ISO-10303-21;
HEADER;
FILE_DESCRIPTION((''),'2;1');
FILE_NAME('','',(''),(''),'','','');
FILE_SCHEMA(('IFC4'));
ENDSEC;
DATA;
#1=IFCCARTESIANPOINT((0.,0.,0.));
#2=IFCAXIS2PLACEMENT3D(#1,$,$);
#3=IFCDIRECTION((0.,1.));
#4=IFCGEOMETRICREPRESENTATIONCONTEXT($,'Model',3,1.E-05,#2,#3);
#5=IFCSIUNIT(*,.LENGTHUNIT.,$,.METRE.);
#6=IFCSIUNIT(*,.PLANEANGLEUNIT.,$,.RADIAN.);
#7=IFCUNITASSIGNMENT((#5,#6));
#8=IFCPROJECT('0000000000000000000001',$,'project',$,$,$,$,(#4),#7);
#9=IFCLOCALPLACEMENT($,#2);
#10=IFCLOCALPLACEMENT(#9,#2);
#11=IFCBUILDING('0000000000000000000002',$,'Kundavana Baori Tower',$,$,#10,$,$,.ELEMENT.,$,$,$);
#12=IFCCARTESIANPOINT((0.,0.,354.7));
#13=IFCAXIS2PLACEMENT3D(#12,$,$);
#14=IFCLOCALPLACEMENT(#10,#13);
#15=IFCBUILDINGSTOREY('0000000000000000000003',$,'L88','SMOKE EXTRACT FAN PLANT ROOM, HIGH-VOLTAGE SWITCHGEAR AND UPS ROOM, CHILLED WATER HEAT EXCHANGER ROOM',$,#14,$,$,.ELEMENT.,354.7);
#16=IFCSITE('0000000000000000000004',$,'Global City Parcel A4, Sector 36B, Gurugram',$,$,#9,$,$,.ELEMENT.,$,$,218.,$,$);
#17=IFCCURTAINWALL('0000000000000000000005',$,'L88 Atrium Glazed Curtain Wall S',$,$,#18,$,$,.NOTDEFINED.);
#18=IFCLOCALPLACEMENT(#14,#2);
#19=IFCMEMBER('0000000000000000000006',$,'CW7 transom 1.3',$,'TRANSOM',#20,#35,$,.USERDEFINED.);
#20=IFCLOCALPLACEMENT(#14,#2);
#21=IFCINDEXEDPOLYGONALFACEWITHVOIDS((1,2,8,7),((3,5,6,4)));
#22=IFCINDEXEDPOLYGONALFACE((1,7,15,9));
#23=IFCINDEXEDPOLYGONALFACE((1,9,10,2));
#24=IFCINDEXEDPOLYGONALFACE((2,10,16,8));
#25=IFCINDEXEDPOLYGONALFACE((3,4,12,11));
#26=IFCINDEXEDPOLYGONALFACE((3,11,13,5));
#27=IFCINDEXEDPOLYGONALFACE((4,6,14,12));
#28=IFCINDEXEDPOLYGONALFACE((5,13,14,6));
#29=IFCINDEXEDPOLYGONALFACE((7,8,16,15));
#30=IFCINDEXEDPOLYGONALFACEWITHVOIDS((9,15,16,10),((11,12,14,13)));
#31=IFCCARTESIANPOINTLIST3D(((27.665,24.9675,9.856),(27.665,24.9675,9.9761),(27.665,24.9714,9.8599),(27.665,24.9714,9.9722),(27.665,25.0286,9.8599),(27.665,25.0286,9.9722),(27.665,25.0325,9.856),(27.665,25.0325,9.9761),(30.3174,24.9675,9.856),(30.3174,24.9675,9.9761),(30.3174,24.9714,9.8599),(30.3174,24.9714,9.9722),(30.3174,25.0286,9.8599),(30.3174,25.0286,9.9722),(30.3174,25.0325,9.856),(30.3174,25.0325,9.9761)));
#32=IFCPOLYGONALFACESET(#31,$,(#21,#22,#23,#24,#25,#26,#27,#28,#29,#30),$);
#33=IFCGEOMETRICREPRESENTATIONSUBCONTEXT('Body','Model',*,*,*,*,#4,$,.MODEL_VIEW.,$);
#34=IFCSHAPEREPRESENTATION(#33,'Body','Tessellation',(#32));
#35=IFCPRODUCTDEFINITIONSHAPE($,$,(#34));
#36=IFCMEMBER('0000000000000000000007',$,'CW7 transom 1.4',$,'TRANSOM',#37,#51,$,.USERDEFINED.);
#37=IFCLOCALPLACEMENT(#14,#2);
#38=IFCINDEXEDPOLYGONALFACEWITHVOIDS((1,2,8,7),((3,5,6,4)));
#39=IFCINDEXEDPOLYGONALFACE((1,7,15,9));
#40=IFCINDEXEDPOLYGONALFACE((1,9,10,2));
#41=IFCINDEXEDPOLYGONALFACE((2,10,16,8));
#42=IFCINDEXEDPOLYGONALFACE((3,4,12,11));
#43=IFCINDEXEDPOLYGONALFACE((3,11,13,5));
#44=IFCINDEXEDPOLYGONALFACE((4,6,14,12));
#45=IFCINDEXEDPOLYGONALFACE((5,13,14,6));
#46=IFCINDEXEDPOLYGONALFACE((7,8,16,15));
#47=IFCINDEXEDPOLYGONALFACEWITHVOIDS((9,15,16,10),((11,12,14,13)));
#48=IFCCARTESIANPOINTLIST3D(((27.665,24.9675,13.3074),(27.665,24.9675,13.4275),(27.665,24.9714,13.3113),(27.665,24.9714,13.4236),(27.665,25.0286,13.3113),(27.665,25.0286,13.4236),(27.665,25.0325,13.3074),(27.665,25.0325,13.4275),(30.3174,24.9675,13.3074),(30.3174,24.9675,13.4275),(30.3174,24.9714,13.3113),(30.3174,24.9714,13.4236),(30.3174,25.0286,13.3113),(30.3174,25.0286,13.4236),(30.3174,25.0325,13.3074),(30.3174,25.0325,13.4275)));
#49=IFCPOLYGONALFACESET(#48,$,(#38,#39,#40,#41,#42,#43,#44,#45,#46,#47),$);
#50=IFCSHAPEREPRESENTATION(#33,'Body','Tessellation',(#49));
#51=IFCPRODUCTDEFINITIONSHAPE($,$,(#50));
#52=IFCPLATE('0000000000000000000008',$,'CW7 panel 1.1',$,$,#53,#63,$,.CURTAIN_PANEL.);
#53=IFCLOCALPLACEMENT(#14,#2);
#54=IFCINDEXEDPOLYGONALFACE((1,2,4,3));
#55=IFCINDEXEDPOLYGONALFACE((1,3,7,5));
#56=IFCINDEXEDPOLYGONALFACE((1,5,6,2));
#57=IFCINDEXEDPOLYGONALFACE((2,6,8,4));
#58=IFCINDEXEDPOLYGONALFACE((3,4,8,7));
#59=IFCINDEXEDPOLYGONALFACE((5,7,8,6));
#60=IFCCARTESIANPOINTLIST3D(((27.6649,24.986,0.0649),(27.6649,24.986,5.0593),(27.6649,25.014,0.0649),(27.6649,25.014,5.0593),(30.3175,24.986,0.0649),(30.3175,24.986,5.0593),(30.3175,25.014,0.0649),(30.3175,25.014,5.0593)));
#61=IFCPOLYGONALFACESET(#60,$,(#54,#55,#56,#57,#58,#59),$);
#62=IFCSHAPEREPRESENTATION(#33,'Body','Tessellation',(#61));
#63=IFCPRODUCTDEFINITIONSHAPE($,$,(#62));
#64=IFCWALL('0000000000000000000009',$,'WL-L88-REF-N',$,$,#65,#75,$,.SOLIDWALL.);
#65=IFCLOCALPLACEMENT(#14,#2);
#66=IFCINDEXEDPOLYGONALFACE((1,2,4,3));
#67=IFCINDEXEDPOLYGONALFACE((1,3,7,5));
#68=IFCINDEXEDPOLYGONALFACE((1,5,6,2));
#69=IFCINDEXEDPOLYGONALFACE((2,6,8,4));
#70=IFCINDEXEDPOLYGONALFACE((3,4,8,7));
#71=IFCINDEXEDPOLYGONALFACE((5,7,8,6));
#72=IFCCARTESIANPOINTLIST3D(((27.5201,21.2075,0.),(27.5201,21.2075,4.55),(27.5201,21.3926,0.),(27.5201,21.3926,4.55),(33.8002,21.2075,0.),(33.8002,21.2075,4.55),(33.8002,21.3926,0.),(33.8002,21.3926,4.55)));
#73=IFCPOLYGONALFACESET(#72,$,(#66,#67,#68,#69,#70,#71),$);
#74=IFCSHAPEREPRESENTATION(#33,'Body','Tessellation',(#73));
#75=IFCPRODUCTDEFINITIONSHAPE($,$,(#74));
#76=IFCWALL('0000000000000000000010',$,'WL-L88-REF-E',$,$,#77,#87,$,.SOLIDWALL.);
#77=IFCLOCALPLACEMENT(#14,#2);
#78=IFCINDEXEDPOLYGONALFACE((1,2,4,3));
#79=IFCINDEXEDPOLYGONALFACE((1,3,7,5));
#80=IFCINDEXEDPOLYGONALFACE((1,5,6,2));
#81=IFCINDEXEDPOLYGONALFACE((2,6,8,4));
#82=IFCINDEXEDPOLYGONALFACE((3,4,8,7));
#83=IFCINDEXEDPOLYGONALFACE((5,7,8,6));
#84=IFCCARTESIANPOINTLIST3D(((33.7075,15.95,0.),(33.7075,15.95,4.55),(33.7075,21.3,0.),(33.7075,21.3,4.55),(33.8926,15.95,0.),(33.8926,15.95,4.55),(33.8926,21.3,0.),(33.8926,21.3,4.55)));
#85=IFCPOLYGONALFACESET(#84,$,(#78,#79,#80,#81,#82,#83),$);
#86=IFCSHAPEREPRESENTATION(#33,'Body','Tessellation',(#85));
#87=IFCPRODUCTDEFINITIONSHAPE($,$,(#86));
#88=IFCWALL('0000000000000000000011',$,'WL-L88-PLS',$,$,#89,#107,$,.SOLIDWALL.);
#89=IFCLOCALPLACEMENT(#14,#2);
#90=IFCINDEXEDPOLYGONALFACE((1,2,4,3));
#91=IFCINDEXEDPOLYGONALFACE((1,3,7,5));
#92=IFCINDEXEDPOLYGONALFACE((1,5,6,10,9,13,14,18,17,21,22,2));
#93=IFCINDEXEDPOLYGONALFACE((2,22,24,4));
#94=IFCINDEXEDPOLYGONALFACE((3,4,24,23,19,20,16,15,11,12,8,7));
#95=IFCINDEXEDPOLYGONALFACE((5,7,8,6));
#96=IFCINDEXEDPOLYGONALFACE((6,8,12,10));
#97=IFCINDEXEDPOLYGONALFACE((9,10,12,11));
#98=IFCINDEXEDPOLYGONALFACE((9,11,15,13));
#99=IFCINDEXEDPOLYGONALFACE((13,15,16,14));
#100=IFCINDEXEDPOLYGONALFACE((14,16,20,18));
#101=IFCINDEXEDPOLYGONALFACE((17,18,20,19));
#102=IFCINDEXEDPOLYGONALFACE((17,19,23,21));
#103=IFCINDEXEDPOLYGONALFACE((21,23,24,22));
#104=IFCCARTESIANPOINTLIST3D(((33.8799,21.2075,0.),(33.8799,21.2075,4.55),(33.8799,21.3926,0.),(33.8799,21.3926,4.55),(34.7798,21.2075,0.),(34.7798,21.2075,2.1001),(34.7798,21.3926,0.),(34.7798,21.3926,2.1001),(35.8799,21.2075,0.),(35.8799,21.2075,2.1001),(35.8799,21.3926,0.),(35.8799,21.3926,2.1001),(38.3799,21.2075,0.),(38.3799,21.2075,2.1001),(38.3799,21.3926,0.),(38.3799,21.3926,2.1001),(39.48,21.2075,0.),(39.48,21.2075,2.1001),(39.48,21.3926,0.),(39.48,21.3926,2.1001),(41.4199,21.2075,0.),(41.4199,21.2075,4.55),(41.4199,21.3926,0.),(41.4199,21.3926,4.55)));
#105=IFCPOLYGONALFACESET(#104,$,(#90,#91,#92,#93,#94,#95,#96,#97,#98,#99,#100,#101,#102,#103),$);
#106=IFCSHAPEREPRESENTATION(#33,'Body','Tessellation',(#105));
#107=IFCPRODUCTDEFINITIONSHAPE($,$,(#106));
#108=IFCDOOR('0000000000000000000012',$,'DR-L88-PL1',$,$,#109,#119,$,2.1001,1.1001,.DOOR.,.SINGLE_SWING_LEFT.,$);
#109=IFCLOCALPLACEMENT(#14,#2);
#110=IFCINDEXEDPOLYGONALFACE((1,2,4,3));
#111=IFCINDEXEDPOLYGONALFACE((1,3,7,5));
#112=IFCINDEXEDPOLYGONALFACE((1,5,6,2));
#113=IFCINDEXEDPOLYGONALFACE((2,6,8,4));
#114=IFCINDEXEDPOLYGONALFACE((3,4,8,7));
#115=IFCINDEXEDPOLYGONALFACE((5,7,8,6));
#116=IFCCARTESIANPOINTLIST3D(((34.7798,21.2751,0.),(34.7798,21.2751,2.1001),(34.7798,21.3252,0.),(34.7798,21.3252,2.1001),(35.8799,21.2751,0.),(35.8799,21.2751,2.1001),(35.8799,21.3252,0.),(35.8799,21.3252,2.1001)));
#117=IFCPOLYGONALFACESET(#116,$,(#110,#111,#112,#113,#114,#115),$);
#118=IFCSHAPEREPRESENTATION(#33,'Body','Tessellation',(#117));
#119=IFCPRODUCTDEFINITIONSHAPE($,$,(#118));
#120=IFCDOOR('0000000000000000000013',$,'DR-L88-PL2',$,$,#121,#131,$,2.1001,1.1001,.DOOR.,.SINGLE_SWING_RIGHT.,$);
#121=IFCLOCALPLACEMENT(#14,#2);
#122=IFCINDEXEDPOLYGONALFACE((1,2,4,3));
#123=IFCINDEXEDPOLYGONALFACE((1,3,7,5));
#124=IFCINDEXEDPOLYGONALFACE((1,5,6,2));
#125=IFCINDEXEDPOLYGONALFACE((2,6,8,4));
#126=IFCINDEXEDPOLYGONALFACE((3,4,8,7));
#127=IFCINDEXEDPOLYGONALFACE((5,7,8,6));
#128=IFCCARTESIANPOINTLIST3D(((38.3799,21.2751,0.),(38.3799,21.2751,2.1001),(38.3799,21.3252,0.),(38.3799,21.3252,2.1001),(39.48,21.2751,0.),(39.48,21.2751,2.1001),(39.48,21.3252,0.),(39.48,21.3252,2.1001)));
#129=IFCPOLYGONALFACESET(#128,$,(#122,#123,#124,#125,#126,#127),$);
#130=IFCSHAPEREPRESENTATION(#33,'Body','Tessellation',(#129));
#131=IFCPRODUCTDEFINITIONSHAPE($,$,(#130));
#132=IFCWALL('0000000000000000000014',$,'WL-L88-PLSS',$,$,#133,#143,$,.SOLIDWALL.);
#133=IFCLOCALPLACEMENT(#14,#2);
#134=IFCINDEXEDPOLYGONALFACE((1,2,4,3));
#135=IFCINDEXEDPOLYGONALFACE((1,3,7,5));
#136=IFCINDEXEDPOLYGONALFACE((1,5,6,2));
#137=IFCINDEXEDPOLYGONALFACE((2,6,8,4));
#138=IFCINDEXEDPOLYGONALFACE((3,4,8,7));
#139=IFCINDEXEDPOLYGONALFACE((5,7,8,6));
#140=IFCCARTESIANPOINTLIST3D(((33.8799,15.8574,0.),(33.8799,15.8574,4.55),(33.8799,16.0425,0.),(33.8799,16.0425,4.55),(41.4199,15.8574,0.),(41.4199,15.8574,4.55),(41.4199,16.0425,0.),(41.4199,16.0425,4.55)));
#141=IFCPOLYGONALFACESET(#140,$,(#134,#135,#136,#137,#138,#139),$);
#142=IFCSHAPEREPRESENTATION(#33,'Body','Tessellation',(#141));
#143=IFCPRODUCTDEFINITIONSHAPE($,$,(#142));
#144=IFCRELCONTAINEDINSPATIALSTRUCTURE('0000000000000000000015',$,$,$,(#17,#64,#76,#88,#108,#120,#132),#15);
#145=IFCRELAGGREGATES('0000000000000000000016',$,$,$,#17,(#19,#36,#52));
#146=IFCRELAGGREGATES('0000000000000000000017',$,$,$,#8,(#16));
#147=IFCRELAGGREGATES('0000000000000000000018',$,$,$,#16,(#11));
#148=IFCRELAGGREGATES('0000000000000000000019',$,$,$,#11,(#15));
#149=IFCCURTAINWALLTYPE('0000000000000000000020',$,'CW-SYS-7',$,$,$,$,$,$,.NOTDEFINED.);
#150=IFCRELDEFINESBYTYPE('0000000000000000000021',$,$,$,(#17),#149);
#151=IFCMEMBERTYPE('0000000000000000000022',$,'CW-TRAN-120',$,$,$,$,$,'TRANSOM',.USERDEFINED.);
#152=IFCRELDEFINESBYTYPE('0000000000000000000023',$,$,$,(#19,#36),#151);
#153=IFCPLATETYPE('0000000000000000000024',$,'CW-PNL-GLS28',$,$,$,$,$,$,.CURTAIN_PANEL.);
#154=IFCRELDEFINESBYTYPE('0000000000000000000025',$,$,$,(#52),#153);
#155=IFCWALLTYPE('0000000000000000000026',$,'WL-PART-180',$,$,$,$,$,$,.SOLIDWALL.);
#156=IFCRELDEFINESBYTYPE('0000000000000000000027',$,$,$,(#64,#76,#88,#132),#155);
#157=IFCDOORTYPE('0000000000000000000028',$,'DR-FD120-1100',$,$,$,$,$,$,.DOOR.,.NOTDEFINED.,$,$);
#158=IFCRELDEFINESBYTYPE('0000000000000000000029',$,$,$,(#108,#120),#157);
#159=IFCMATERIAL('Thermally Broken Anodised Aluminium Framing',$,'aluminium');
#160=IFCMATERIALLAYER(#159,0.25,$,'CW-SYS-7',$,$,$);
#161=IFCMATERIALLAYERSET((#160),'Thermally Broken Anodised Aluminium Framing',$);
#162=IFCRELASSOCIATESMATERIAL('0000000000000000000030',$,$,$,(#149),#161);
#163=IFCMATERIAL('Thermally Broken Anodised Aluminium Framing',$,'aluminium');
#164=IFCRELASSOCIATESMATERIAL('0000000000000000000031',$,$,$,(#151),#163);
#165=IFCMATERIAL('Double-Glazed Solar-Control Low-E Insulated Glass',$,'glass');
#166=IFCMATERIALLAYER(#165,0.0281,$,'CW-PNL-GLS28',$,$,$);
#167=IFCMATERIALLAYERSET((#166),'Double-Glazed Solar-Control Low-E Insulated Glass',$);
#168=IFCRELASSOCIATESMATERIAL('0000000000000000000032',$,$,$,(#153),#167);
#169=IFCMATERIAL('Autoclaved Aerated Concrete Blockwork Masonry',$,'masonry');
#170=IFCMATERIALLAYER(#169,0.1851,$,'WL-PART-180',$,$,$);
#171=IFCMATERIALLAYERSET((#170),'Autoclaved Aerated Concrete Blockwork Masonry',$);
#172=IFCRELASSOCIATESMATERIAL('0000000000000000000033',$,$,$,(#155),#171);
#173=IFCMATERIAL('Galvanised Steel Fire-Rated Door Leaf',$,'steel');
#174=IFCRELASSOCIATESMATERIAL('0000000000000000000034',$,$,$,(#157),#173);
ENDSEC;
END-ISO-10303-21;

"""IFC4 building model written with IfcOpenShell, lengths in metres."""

from ifc_helpers import new_model, si_unit, direction, frame, frame_2d, origin, origin_2d, place, context, subcontext, project, spatial, rectangle, hollow_rectangle, extrude, material, layer, layer_set, material_profile, profile_set, type_object, element, fill, aggregate, save


model = new_model("IFC4")

# Units and contexts
model_context = context("Model", 3, precision=1e-05, world=origin(), true_north=direction((0.0, 1.0)))
body_context = subcontext(model_context, "Body", "Model", "MODEL_VIEW")
ifc_project = project(units=[si_unit("LENGTHUNIT", "METRE"), si_unit("PLANEANGLEUNIT", "RADIAN")], contexts=[model_context])

# Site, building, storey
site_placement = place(None, origin())
site = spatial("IfcSite", under=ifc_project, at=site_placement, Name="Global City Parcel A4, Sector 36B, Gurugram", CompositionType="ELEMENT", RefElevation=218.0)
building_placement = place(site_placement, origin())
building = spatial("IfcBuilding", under=site, at=building_placement, Name="Kundavana Baori Tower", CompositionType="ELEMENT")
storey_placement = place(building_placement, frame((0.0, 0.0, 354.7)))
storey = spatial("IfcBuildingStorey", under=building, at=storey_placement, Name="L88", Description="SMOKE EXTRACT FAN PLANT ROOM, HIGH-VOLTAGE SWITCHGEAR AND UPS ROOM, CHILLED WATER HEAT EXCHANGER ROOM", CompositionType="ELEMENT", Elevation=354.7)

# Curtain wall, members, plate
ifc_material_1 = material(Name="Thermally Broken Anodised Aluminium Framing", Category="aluminium")
ifc_layer_1 = layer(ifc_material_1, 0.25, Name="CW-SYS-7")
ifc_layer_set_1 = layer_set([ifc_layer_1], Name="Thermally Broken Anodised Aluminium Framing")
curtain_wall_type = type_object("IfcCurtainWallType", Name="CW-SYS-7", PredefinedType="NOTDEFINED", material=ifc_layer_set_1)
curtain_wall_placement = place(storey_placement, origin())
curtain_wall = element("IfcCurtainWall", 1, at=curtain_wall_placement, inside=storey, type_object=curtain_wall_type, Name="L88 Atrium Glazed Curtain Wall S", PredefinedType="NOTDEFINED")
ifc_material_2 = material(Name="Thermally Broken Anodised Aluminium Framing", Category="aluminium")
ifc_material_profile_1 = material_profile(ifc_material_2, hollow_rectangle(XDim=0.0649, YDim=0.1201, WallThickness=0.0039, at=origin_2d()), Name="CW-TRAN-120")
ifc_profile_set_1 = profile_set([ifc_material_profile_1], Name="Thermally Broken Anodised Aluminium Framing")
member_type_1 = type_object("IfcMemberType", Name="CW-TRAN-120", ElementType="TRANSOM", PredefinedType="USERDEFINED", material=ifc_profile_set_1)
member_1_placement = place(storey_placement, frame((27.665, 25.0, 9.916), z_axis=(1.0, 0.0, 0.0), x_axis=(0.0, 1.0, 0.0)))
member_1 = element("IfcMember", 2, at=member_1_placement, type_object=member_type_1, Name="CW7 transom 1.3", ObjectType="TRANSOM", PredefinedType="USERDEFINED", context=body_context, shape_type="SweptSolid", body=[
    extrude(hollow_rectangle(XDim=0.0649, YDim=0.1201, WallThickness=0.0039, at=origin_2d()), origin(), (0.0, 0.0, 1.0), 2.6523),
])
member_2_placement = place(storey_placement, frame((27.665, 25.0, 13.3674), z_axis=(1.0, 0.0, 0.0), x_axis=(0.0, 1.0, 0.0)))
member_2 = element("IfcMember", 3, at=member_2_placement, type_object=member_type_1, Name="CW7 transom 1.4", ObjectType="TRANSOM", PredefinedType="USERDEFINED", context=body_context, shape_type="SweptSolid", body=[
    extrude(hollow_rectangle(XDim=0.0649, YDim=0.1201, WallThickness=0.0039, at=origin_2d()), origin(), (0.0, 0.0, 1.0), 2.6523),
])
ifc_material_3 = material(Name="Double-Glazed Solar-Control Low-E Insulated Glass", Category="glass")
ifc_layer_2 = layer(ifc_material_3, 0.0281, Name="CW-PNL-GLS28")
ifc_layer_set_2 = layer_set([ifc_layer_2], Name="Double-Glazed Solar-Control Low-E Insulated Glass")
plate_type = type_object("IfcPlateType", Name="CW-PNL-GLS28", PredefinedType="CURTAIN_PANEL", material=ifc_layer_set_2)
plate_placement = place(storey_placement, frame((28.9912, 25.0, 0.0649), z_axis=(0.0, 0.0, 1.0), x_axis=(1.0, 0.0, 0.0)))
plate = element("IfcPlate", 4, at=plate_placement, type_object=plate_type, Name="CW7 panel 1.1", PredefinedType="CURTAIN_PANEL", context=body_context, shape_type="SweptSolid", body=[
    extrude(rectangle(XDim=2.6526, YDim=0.0281, at=origin_2d()), origin(), (0.0, 0.0, 1.0), 4.9944),
])
aggregate(curtain_wall, [member_1, member_2, plate])

# Walls
ifc_material_4 = material(Name="Autoclaved Aerated Concrete Blockwork Masonry", Category="masonry")
ifc_layer_3 = layer(ifc_material_4, 0.1851, Name="WL-PART-180")
ifc_layer_set_3 = layer_set([ifc_layer_3], Name="Autoclaved Aerated Concrete Blockwork Masonry")
wall_type = type_object("IfcWallType", Name="WL-PART-180", PredefinedType="SOLIDWALL", material=ifc_layer_set_3)
wall_1_placement = place(storey_placement, frame((27.52, 21.3, 0.0), z_axis=(0.0, 0.0, 1.0), x_axis=(1.0, 0.0, 0.0)))
element("IfcWall", 5, at=wall_1_placement, inside=storey, type_object=wall_type, Name="WL-L88-REF-N", PredefinedType="SOLIDWALL", context=body_context, shape_type="SweptSolid", body=[
    extrude(rectangle(XDim=6.28, YDim=0.1851, at=frame_2d((3.1401, 0.0))), origin(), (0.0, 0.0, 1.0), 4.55),
])
wall_2_placement = place(storey_placement, frame((33.8, 15.95, 0.0), z_axis=(0.0, 0.0, 1.0), x_axis=(0.0, 1.0, 0.0)))
element("IfcWall", 6, at=wall_2_placement, inside=storey, type_object=wall_type, Name="WL-L88-REF-E", PredefinedType="SOLIDWALL", context=body_context, shape_type="SweptSolid", body=[
    extrude(rectangle(XDim=5.3501, YDim=0.1851, at=frame_2d((2.675, 0.0))), origin(), (0.0, 0.0, 1.0), 4.55),
])

# Wall, openings, doors
wall_3_placement = place(storey_placement, frame((33.8799, 21.3, 0.0), z_axis=(0.0, 0.0, 1.0), x_axis=(1.0, 0.0, 0.0)))
wall_3 = element("IfcWall", 7, at=wall_3_placement, inside=storey, type_object=wall_type, Name="WL-L88-PLS", PredefinedType="SOLIDWALL", context=body_context, shape_type="SweptSolid", body=[
    extrude(rectangle(XDim=7.54, YDim=0.1851, at=frame_2d((3.77, 0.0))), origin(), (0.0, 0.0, 1.0), 4.55),
])
opening_1_placement = place(wall_3_placement, frame((0.8999, 0.0, 0.0)))
opening_1 = element("IfcOpeningElement", 8, at=opening_1_placement, cuts=wall_3, PredefinedType="OPENING", context=body_context, shape_type="SweptSolid", body=[
    extrude(rectangle(XDim=1.1001, YDim=2.1001, at=frame_2d((0.55, 1.05))), frame((0.0, 0.1025, 0.0), z_axis=(0.0, -1.0, 0.0), x_axis=(1.0, 0.0, 0.0)), (0.0, 0.0, 1.0), 0.2051),
])
opening_2_placement = place(wall_3_placement, frame((4.5, 0.0, 0.0)))
opening_2 = element("IfcOpeningElement", 9, at=opening_2_placement, cuts=wall_3, PredefinedType="OPENING", context=body_context, shape_type="SweptSolid", body=[
    extrude(rectangle(XDim=1.1001, YDim=2.1001, at=frame_2d((0.55, 1.05))), frame((0.0, 0.1025, 0.0), z_axis=(0.0, -1.0, 0.0), x_axis=(1.0, 0.0, 0.0)), (0.0, 0.0, 1.0), 0.2051),
])
ifc_material_5 = material(Name="Galvanised Steel Fire-Rated Door Leaf", Category="steel")
door_type = type_object("IfcDoorType", Name="DR-FD120-1100", OperationType="NOTDEFINED", PredefinedType="DOOR", material=ifc_material_5)
door_1_placement = place(opening_1_placement, frame((1.1001, 0.0, 0.0), z_axis=(0.0, 0.0, 1.0), x_axis=(-1.0, 0.0, 0.0)))
door_1 = element("IfcDoor", 10, at=door_1_placement, inside=storey, type_object=door_type, Name="DR-L88-PL1", OperationType="SINGLE_SWING_LEFT", OverallHeight=2.1001, OverallWidth=1.1001, PredefinedType="DOOR", context=body_context, shape_type="SweptSolid", body=[
    extrude(rectangle(XDim=1.1001, YDim=2.1001, at=frame_2d((0.55, 1.05))), frame((0.0, 0.0249, 0.0), z_axis=(0.0, -1.0, 0.0), x_axis=(1.0, 0.0, 0.0)), (0.0, 0.0, 1.0), 0.05),
])
fill(opening_1, door_1)
door_2_placement = place(opening_2_placement, frame((1.1001, 0.0, 0.0), z_axis=(0.0, 0.0, 1.0), x_axis=(-1.0, 0.0, 0.0)))
door_2 = element("IfcDoor", 11, at=door_2_placement, inside=storey, type_object=door_type, Name="DR-L88-PL2", OperationType="SINGLE_SWING_RIGHT", OverallHeight=2.1001, OverallWidth=1.1001, PredefinedType="DOOR", context=body_context, shape_type="SweptSolid", body=[
    extrude(rectangle(XDim=1.1001, YDim=2.1001, at=frame_2d((0.55, 1.05))), frame((0.0, 0.0249, 0.0), z_axis=(0.0, -1.0, 0.0), x_axis=(1.0, 0.0, 0.0)), (0.0, 0.0, 1.0), 0.05),
])
fill(opening_2, door_2)

# Wall
wall_4_placement = place(storey_placement, frame((33.8799, 15.95, 0.0), z_axis=(0.0, 0.0, 1.0), x_axis=(1.0, 0.0, 0.0)))
element("IfcWall", 12, at=wall_4_placement, inside=storey, type_object=wall_type, Name="WL-L88-PLSS", PredefinedType="SOLIDWALL", context=body_context, shape_type="SweptSolid", body=[
    extrude(rectangle(XDim=7.54, YDim=0.1851, at=frame_2d((3.77, 0.0))), origin(), (0.0, 0.0, 1.0), 4.55),
])

save(model, "model.ifc")
